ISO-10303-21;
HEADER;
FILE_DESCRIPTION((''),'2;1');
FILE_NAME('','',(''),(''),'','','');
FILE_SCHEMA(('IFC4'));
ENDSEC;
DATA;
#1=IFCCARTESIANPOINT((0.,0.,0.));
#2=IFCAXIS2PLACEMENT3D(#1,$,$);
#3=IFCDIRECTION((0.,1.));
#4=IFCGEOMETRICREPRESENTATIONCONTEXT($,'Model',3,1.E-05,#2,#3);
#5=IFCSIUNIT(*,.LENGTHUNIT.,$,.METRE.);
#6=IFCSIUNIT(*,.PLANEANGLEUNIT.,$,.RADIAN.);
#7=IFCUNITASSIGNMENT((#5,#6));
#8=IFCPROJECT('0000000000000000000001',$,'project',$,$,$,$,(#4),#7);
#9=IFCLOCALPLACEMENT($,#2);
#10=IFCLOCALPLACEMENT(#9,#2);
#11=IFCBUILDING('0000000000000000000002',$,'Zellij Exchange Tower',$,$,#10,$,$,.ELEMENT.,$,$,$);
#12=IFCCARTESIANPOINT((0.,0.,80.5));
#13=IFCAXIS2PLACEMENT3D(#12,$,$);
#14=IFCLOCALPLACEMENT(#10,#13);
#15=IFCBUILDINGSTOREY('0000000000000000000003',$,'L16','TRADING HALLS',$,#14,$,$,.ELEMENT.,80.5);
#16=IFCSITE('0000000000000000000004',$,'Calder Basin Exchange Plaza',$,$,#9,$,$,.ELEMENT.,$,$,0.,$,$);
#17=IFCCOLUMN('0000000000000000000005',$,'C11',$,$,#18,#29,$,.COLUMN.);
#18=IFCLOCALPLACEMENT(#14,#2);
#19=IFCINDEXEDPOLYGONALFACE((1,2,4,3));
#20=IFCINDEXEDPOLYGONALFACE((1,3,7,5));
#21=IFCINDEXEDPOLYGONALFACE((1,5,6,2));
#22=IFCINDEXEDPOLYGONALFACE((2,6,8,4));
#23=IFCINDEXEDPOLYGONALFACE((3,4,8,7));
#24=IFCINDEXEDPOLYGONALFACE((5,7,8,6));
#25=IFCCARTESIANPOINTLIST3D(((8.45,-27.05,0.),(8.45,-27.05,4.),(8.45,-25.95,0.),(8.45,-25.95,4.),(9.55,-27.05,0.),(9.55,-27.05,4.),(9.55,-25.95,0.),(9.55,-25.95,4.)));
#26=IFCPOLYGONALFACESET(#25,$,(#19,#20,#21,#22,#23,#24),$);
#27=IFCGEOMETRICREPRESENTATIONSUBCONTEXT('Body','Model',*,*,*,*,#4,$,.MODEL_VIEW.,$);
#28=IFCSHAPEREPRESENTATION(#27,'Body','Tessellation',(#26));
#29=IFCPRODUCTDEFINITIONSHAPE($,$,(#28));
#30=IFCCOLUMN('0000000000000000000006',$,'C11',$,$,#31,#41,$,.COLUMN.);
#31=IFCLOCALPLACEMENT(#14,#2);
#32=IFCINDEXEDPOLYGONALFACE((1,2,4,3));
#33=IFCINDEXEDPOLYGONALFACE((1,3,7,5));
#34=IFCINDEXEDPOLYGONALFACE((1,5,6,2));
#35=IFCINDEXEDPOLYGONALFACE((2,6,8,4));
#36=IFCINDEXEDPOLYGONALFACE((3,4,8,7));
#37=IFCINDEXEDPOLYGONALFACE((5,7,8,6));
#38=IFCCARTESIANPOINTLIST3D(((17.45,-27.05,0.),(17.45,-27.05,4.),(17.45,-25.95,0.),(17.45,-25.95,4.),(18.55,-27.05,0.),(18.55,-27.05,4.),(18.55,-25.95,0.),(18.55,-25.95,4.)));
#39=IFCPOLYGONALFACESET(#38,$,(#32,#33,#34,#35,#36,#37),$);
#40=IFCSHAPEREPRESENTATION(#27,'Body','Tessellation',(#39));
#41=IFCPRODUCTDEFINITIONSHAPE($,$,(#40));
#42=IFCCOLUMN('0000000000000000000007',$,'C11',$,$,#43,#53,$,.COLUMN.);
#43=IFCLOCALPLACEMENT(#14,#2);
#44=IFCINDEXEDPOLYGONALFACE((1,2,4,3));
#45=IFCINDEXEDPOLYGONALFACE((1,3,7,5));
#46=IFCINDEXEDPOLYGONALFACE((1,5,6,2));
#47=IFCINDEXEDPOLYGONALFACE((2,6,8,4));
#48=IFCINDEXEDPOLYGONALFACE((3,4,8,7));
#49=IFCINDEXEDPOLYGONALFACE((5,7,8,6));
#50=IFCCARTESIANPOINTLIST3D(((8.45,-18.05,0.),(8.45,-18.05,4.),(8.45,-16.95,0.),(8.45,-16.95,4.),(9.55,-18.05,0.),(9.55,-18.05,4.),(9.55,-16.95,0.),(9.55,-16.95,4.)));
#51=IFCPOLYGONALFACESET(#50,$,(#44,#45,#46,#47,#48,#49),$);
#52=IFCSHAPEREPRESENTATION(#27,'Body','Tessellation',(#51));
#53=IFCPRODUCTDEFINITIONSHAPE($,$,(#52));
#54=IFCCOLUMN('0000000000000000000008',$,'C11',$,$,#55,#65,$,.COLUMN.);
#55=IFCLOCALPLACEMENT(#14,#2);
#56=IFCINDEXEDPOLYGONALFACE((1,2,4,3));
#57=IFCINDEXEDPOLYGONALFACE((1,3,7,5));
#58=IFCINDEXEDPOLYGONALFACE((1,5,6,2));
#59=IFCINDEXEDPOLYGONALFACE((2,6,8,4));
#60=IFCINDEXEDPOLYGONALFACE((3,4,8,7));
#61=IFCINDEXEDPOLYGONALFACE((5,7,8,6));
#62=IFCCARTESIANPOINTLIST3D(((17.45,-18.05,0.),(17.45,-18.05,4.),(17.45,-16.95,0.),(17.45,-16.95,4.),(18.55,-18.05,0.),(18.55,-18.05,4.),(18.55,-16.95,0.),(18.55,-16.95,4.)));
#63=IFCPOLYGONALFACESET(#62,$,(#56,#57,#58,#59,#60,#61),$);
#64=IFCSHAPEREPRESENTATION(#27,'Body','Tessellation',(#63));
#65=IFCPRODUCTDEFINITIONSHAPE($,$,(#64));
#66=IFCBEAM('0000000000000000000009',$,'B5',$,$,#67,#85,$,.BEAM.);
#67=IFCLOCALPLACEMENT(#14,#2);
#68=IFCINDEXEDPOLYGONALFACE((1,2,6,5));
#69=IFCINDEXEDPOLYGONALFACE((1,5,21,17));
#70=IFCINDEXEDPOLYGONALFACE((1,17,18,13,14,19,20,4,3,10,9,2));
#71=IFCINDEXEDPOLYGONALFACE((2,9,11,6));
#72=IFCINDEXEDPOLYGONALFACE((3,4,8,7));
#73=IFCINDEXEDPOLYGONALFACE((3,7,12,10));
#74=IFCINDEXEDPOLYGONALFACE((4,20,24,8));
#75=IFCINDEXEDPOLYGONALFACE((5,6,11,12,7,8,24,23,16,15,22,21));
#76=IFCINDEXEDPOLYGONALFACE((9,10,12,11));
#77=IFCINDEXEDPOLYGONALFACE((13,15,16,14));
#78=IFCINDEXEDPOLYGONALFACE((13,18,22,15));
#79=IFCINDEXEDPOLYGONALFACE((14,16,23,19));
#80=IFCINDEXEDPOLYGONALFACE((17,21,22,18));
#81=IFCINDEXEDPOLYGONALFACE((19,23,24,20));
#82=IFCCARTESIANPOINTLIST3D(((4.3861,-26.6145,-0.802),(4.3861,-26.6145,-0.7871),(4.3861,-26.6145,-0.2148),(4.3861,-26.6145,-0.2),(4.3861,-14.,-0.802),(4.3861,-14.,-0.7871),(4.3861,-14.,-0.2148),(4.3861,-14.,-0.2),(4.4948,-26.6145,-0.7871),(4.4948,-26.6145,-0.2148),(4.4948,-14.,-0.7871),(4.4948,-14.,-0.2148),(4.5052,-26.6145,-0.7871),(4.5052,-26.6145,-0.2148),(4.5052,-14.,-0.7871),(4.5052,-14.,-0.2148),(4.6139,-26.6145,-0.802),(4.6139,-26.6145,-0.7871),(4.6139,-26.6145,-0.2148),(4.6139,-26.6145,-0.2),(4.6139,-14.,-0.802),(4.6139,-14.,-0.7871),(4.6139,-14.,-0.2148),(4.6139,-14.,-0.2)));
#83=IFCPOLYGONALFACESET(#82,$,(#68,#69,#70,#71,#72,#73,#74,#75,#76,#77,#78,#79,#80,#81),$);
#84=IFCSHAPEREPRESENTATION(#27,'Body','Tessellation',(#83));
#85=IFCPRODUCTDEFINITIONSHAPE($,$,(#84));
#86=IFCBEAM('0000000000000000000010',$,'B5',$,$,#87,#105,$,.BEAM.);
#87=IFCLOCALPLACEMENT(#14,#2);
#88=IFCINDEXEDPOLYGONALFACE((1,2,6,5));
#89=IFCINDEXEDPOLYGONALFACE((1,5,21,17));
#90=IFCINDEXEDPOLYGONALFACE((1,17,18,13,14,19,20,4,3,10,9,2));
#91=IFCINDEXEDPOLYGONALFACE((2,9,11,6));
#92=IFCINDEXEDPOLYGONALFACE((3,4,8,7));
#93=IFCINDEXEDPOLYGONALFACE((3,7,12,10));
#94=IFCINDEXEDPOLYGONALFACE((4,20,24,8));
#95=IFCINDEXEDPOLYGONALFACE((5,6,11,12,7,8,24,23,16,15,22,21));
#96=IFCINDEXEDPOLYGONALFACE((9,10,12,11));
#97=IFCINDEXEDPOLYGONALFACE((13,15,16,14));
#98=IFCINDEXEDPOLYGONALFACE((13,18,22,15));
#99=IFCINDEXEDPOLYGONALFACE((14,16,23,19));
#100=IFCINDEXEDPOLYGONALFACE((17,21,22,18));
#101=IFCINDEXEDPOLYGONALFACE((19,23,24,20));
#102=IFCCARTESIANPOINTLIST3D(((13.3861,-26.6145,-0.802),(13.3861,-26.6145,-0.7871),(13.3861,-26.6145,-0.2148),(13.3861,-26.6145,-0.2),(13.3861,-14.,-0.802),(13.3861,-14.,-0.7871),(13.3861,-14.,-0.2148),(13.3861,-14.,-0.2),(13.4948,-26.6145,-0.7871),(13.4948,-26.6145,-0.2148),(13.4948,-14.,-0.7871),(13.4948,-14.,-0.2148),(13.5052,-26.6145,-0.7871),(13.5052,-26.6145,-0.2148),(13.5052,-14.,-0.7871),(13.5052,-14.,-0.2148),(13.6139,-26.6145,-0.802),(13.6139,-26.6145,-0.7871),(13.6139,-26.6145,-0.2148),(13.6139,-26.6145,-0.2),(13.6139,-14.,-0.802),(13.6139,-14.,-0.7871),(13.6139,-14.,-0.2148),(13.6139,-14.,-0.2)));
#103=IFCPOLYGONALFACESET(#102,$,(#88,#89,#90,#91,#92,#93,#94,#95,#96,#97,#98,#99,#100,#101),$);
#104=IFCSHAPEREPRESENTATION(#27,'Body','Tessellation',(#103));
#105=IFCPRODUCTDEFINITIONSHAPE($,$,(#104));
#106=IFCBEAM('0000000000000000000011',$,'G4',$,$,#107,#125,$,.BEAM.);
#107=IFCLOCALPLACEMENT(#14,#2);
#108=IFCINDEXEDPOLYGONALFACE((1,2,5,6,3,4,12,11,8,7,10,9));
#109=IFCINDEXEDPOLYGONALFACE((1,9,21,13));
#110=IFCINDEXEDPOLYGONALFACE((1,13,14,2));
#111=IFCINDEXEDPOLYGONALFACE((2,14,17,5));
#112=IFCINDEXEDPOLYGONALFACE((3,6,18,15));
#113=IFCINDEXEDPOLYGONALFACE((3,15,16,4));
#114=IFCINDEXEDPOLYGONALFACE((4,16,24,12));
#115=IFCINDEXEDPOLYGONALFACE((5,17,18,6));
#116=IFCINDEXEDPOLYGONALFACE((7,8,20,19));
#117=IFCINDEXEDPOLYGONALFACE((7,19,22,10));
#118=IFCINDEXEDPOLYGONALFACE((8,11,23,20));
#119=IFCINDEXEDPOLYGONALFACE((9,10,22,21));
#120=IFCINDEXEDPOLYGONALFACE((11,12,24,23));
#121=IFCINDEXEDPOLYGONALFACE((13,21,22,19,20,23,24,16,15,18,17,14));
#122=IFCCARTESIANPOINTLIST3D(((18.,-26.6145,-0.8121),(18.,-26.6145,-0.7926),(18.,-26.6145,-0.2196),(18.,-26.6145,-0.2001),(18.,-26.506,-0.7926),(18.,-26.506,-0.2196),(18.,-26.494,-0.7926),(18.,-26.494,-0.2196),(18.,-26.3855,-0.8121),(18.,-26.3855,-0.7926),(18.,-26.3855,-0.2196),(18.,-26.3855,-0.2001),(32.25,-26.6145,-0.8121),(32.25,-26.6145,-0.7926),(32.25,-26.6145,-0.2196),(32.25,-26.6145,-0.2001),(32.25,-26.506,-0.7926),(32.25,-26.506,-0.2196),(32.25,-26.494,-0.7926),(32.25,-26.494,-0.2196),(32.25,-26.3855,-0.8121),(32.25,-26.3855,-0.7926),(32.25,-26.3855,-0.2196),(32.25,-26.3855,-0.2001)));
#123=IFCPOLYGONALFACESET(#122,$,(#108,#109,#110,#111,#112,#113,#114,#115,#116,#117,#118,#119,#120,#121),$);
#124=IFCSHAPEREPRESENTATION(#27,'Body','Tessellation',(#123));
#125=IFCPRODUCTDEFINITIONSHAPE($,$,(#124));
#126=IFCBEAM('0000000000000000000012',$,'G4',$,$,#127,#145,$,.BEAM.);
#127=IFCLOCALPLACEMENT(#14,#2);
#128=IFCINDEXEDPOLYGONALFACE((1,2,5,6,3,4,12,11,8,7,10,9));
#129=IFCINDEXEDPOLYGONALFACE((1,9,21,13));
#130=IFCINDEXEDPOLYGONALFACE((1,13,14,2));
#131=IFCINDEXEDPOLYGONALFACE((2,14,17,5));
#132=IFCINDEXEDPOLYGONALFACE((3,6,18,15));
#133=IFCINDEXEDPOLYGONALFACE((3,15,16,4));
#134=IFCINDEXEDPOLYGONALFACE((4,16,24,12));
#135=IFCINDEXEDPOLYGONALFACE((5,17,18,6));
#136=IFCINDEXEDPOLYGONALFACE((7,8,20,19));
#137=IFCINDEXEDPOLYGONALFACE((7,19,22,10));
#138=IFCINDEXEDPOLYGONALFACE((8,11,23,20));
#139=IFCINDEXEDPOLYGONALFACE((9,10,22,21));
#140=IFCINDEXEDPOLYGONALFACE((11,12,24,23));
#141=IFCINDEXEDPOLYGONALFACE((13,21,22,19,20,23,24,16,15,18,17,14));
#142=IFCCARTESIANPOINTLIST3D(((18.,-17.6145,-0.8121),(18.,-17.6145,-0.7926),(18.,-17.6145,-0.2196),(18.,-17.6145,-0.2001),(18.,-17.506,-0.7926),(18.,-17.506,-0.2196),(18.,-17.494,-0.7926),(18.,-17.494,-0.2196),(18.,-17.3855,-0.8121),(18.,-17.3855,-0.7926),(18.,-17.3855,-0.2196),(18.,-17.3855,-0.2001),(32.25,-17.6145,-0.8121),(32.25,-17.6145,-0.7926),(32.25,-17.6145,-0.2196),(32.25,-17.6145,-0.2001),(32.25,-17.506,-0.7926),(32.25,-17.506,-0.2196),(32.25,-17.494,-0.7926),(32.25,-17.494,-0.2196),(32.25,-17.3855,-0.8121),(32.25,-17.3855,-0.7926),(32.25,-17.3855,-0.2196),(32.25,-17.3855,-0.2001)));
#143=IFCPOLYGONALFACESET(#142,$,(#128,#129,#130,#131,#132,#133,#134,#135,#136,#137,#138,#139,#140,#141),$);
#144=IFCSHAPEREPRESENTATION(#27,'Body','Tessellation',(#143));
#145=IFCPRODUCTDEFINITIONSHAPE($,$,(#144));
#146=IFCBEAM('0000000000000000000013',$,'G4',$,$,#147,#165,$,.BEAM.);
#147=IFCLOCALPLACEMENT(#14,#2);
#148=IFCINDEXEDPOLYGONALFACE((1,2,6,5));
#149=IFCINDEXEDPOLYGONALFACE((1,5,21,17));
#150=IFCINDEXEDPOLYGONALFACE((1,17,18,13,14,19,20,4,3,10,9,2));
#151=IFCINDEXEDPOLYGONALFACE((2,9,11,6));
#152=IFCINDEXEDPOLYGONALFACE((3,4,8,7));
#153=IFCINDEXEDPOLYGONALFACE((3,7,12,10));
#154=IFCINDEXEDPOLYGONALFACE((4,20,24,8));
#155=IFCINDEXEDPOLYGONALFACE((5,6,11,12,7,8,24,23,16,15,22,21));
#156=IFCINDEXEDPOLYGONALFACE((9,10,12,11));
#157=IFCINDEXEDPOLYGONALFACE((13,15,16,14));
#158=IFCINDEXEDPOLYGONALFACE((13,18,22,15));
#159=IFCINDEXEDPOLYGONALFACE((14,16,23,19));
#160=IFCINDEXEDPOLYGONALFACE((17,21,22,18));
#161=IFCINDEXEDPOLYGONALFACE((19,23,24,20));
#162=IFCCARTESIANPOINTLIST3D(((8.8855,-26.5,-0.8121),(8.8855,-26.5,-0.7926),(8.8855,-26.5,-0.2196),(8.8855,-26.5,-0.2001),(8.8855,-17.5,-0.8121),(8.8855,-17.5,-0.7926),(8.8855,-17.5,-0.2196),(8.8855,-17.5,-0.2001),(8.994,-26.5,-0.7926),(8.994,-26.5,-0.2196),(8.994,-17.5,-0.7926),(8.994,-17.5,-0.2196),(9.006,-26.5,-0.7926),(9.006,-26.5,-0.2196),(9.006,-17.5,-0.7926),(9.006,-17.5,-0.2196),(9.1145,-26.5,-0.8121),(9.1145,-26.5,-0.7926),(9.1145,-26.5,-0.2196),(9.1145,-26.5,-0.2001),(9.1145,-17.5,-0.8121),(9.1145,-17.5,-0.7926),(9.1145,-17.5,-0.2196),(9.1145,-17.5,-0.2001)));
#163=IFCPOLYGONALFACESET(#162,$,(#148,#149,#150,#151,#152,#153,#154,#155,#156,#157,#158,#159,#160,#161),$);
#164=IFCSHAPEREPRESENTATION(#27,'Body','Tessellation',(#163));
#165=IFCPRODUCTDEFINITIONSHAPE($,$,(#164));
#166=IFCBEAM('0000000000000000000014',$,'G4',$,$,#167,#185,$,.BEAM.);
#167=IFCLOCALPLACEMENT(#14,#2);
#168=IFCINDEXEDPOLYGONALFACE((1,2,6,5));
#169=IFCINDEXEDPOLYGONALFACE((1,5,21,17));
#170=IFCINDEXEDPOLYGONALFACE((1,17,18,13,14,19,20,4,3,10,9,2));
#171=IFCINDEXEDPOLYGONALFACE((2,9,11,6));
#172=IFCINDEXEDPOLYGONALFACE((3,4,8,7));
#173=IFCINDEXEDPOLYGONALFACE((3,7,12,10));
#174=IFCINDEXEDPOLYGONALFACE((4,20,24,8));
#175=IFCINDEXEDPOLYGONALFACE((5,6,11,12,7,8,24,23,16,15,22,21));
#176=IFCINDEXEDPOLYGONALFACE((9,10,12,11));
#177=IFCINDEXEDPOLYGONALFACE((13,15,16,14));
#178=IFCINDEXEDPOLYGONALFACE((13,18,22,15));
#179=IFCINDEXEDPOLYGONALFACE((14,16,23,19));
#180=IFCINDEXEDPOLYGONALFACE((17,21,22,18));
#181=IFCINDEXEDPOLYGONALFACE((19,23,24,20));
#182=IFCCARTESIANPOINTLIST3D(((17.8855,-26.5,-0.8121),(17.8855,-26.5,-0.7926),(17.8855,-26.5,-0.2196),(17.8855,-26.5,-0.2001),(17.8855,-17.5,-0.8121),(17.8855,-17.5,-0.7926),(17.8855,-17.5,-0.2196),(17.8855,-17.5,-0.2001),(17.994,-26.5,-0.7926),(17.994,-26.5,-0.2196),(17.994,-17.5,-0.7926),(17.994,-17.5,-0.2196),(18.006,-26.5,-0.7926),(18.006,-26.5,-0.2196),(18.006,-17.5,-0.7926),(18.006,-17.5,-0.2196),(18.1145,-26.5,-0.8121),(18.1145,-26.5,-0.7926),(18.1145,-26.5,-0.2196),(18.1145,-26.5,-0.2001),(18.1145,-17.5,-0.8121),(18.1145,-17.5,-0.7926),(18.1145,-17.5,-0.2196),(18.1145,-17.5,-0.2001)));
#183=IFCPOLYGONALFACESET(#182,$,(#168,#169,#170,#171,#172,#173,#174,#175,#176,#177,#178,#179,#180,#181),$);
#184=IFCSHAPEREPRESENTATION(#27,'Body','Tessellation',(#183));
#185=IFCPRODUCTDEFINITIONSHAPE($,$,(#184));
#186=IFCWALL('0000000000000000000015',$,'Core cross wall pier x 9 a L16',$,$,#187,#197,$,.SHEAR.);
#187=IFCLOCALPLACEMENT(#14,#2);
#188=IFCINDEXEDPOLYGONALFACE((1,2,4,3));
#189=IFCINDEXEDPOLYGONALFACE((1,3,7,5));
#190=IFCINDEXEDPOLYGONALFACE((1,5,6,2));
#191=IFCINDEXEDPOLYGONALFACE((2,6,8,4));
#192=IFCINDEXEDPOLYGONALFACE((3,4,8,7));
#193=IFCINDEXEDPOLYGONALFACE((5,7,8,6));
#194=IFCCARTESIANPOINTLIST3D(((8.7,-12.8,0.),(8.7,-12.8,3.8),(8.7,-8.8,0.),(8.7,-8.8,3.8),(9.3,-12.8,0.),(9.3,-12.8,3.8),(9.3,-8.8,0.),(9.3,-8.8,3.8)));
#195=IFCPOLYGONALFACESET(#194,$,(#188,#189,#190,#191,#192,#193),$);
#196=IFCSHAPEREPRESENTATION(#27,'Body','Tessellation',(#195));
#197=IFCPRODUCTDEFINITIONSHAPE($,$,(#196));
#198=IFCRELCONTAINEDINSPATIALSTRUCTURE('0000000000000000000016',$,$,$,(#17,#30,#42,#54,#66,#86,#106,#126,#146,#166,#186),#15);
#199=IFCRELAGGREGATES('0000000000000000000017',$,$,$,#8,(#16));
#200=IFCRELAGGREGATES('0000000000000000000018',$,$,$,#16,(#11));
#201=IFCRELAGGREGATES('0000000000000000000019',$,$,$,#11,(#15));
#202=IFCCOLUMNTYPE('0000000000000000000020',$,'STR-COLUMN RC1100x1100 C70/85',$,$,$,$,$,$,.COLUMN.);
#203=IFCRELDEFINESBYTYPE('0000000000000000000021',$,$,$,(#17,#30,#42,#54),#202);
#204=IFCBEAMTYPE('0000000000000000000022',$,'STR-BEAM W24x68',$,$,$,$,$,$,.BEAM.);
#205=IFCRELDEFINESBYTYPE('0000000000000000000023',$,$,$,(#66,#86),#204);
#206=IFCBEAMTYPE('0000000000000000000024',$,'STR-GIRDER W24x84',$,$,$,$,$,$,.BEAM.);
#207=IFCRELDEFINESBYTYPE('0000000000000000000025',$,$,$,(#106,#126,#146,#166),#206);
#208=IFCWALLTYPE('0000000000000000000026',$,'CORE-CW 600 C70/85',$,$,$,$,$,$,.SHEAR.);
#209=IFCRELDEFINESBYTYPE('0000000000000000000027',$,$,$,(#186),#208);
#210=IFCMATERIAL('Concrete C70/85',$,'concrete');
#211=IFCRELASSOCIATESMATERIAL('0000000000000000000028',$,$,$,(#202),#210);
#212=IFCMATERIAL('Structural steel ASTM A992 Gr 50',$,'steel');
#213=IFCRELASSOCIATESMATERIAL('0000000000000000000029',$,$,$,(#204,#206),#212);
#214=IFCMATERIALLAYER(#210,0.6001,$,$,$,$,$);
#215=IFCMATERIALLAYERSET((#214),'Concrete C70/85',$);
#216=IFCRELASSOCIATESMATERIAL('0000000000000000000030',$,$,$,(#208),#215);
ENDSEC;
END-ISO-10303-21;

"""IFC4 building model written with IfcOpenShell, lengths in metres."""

from ifc_helpers import new_model, si_unit, direction, frame, frame_2d, origin, origin_2d, place, context, subcontext, project, spatial, rectangle, i_section, extrude, material, layer, layer_set, material_profile, profile_set, type_object, element, save


model = new_model("IFC4")

# Units and contexts
model_context = context("Model", 3, precision=1e-05, world=origin(), true_north=direction((0.0, 1.0)))
body_context = subcontext(model_context, "Body", "Model", "MODEL_VIEW")
ifc_project = project(units=[si_unit("LENGTHUNIT", "METRE"), si_unit("PLANEANGLEUNIT", "RADIAN")], contexts=[model_context])

# Site, building, storey
site_placement = place(None, origin())
site = spatial("IfcSite", under=ifc_project, at=site_placement, Name="Calder Basin Exchange Plaza", CompositionType="ELEMENT", RefElevation=0.0)
building_placement = place(site_placement, origin())
building = spatial("IfcBuilding", under=site, at=building_placement, Name="Zellij Exchange Tower", CompositionType="ELEMENT")
storey_placement = place(building_placement, frame((0.0, 0.0, 80.5)))
storey = spatial("IfcBuildingStorey", under=building, at=storey_placement, Name="L16", Description="TRADING HALLS", CompositionType="ELEMENT", Elevation=80.5)

# Columns
ifc_material_1 = material(Name="Concrete C70/85", Category="concrete")
ifc_material_profile_1 = material_profile(ifc_material_1, rectangle(XDim=1.1001, YDim=1.1001, at=origin_2d()), Name="STR-COLUMN RC1100x1100 C70/85")
ifc_profile_set_1 = profile_set([ifc_material_profile_1], Name="Concrete C70/85")
column_type = type_object("IfcColumnType", Name="STR-COLUMN RC1100x1100 C70/85", PredefinedType="COLUMN", material=ifc_profile_set_1)
for number, where, z_axis, x_axis, name in (
    (1, (9.0, -26.5, 0.0), (0.0, 0.0, 1.0), (1.0, 0.0, 0.0), "C11"),
    (2, (18.0, -26.5, 0.0), (0.0, 0.0, 1.0), (1.0, 0.0, 0.0), "C11"),
    (3, (9.0, -17.5, 0.0), (0.0, 0.0, 1.0), (1.0, 0.0, 0.0), "C11"),
    (4, (18.0, -17.5, 0.0), (0.0, 0.0, 1.0), (1.0, 0.0, 0.0), "C11"),
):
    element("IfcColumn", number, at=place(storey_placement, frame(where, z_axis=z_axis, x_axis=x_axis)), inside=storey, type_object=column_type, Name=name, PredefinedType="COLUMN", context=body_context, shape_type="SweptSolid", body=[
        extrude(rectangle(XDim=1.1001, YDim=1.1001, at=origin_2d()), origin(), (0.0, 0.0, 1.0), 4.0),
    ])

# Beams
ifc_material_2 = material(Name="Structural steel ASTM A992 Gr 50", Category="steel")
ifc_material_profile_2 = material_profile(ifc_material_2, i_section(OverallWidth=0.2278, OverallDepth=0.6021, WebThickness=0.0105, FlangeThickness=0.0149, at=origin_2d()), Name="W24x68")
ifc_profile_set_2 = profile_set([ifc_material_profile_2], Name="Structural steel ASTM A992 Gr 50")
beam_type_1 = type_object("IfcBeamType", Name="STR-BEAM W24x68", PredefinedType="BEAM", material=ifc_profile_set_2)
for number, where, z_axis, x_axis, name in (
    (5, (4.5, -26.6145, -0.501), (0.0, 1.0, 0.0), (-1.0, 0.0, 0.0), "B5"),
    (6, (13.5, -26.6145, -0.501), (0.0, 1.0, 0.0), (-1.0, 0.0, 0.0), "B5"),
):
    element("IfcBeam", number, at=place(storey_placement, frame(where, z_axis=z_axis, x_axis=x_axis)), inside=storey, type_object=beam_type_1, Name=name, PredefinedType="BEAM", context=body_context, shape_type="SweptSolid", body=[
        extrude(i_section(OverallWidth=0.2278, OverallDepth=0.6021, WebThickness=0.0105, FlangeThickness=0.0149, at=origin_2d()), origin(), (0.0, 0.0, 1.0), 12.6145),
    ])
ifc_material_profile_3 = material_profile(ifc_material_2, i_section(OverallWidth=0.229, OverallDepth=0.6121, WebThickness=0.012, FlangeThickness=0.0195, at=origin_2d()), Name="W24x84")
ifc_profile_set_3 = profile_set([ifc_material_profile_3], Name="Structural steel ASTM A992 Gr 50")
beam_type_2 = type_object("IfcBeamType", Name="STR-GIRDER W24x84", PredefinedType="BEAM", material=ifc_profile_set_3)
for number, where, z_axis, x_axis, name in (
    (7, (18.0, -26.5, -0.5061), (1.0, 0.0, 0.0), (0.0, 1.0, 0.0), "G4"),
    (8, (18.0, -17.5, -0.5061), (1.0, 0.0, 0.0), (0.0, 1.0, 0.0), "G4"),
):
    element("IfcBeam", number, at=place(storey_placement, frame(where, z_axis=z_axis, x_axis=x_axis)), inside=storey, type_object=beam_type_2, Name=name, PredefinedType="BEAM", context=body_context, shape_type="SweptSolid", body=[
        extrude(i_section(OverallWidth=0.229, OverallDepth=0.6121, WebThickness=0.012, FlangeThickness=0.0195, at=origin_2d()), origin(), (0.0, 0.0, 1.0), 14.25),
    ])
for number, where, z_axis, x_axis, name in (
    (9, (9.0, -26.5, -0.5061), (0.0, 1.0, 0.0), (-1.0, 0.0, 0.0), "G4"),
    (10, (18.0, -26.5, -0.5061), (0.0, 1.0, 0.0), (-1.0, 0.0, 0.0), "G4"),
):
    element("IfcBeam", number, at=place(storey_placement, frame(where, z_axis=z_axis, x_axis=x_axis)), inside=storey, type_object=beam_type_2, Name=name, PredefinedType="BEAM", context=body_context, shape_type="SweptSolid", body=[
        extrude(i_section(OverallWidth=0.229, OverallDepth=0.6121, WebThickness=0.012, FlangeThickness=0.0195, at=origin_2d()), origin(), (0.0, 0.0, 1.0), 9.0),
    ])

# Wall
ifc_layer_1 = layer(ifc_material_1, 0.6001)
ifc_layer_set_1 = layer_set([ifc_layer_1], Name="Concrete C70/85")
wall_type_1 = type_object("IfcWallType", Name="CORE-CW 600 C70/85", PredefinedType="SHEAR", material=ifc_layer_set_1)
wall_1_placement = place(storey_placement, frame((9.0, -12.8, 0.0), z_axis=(0.0, 0.0, 1.0), x_axis=(0.0, 1.0, 0.0)))
element("IfcWall", 11, at=wall_1_placement, inside=storey, type_object=wall_type_1, Name="Core cross wall pier x 9 a L16", PredefinedType="SHEAR", context=body_context, shape_type="SweptSolid", body=[
    extrude(rectangle(XDim=4.0, YDim=0.6001, at=frame_2d((2.0, 0.0))), origin(), (0.0, 0.0, 1.0), 3.8),
])

save(model, "model.ifc")
